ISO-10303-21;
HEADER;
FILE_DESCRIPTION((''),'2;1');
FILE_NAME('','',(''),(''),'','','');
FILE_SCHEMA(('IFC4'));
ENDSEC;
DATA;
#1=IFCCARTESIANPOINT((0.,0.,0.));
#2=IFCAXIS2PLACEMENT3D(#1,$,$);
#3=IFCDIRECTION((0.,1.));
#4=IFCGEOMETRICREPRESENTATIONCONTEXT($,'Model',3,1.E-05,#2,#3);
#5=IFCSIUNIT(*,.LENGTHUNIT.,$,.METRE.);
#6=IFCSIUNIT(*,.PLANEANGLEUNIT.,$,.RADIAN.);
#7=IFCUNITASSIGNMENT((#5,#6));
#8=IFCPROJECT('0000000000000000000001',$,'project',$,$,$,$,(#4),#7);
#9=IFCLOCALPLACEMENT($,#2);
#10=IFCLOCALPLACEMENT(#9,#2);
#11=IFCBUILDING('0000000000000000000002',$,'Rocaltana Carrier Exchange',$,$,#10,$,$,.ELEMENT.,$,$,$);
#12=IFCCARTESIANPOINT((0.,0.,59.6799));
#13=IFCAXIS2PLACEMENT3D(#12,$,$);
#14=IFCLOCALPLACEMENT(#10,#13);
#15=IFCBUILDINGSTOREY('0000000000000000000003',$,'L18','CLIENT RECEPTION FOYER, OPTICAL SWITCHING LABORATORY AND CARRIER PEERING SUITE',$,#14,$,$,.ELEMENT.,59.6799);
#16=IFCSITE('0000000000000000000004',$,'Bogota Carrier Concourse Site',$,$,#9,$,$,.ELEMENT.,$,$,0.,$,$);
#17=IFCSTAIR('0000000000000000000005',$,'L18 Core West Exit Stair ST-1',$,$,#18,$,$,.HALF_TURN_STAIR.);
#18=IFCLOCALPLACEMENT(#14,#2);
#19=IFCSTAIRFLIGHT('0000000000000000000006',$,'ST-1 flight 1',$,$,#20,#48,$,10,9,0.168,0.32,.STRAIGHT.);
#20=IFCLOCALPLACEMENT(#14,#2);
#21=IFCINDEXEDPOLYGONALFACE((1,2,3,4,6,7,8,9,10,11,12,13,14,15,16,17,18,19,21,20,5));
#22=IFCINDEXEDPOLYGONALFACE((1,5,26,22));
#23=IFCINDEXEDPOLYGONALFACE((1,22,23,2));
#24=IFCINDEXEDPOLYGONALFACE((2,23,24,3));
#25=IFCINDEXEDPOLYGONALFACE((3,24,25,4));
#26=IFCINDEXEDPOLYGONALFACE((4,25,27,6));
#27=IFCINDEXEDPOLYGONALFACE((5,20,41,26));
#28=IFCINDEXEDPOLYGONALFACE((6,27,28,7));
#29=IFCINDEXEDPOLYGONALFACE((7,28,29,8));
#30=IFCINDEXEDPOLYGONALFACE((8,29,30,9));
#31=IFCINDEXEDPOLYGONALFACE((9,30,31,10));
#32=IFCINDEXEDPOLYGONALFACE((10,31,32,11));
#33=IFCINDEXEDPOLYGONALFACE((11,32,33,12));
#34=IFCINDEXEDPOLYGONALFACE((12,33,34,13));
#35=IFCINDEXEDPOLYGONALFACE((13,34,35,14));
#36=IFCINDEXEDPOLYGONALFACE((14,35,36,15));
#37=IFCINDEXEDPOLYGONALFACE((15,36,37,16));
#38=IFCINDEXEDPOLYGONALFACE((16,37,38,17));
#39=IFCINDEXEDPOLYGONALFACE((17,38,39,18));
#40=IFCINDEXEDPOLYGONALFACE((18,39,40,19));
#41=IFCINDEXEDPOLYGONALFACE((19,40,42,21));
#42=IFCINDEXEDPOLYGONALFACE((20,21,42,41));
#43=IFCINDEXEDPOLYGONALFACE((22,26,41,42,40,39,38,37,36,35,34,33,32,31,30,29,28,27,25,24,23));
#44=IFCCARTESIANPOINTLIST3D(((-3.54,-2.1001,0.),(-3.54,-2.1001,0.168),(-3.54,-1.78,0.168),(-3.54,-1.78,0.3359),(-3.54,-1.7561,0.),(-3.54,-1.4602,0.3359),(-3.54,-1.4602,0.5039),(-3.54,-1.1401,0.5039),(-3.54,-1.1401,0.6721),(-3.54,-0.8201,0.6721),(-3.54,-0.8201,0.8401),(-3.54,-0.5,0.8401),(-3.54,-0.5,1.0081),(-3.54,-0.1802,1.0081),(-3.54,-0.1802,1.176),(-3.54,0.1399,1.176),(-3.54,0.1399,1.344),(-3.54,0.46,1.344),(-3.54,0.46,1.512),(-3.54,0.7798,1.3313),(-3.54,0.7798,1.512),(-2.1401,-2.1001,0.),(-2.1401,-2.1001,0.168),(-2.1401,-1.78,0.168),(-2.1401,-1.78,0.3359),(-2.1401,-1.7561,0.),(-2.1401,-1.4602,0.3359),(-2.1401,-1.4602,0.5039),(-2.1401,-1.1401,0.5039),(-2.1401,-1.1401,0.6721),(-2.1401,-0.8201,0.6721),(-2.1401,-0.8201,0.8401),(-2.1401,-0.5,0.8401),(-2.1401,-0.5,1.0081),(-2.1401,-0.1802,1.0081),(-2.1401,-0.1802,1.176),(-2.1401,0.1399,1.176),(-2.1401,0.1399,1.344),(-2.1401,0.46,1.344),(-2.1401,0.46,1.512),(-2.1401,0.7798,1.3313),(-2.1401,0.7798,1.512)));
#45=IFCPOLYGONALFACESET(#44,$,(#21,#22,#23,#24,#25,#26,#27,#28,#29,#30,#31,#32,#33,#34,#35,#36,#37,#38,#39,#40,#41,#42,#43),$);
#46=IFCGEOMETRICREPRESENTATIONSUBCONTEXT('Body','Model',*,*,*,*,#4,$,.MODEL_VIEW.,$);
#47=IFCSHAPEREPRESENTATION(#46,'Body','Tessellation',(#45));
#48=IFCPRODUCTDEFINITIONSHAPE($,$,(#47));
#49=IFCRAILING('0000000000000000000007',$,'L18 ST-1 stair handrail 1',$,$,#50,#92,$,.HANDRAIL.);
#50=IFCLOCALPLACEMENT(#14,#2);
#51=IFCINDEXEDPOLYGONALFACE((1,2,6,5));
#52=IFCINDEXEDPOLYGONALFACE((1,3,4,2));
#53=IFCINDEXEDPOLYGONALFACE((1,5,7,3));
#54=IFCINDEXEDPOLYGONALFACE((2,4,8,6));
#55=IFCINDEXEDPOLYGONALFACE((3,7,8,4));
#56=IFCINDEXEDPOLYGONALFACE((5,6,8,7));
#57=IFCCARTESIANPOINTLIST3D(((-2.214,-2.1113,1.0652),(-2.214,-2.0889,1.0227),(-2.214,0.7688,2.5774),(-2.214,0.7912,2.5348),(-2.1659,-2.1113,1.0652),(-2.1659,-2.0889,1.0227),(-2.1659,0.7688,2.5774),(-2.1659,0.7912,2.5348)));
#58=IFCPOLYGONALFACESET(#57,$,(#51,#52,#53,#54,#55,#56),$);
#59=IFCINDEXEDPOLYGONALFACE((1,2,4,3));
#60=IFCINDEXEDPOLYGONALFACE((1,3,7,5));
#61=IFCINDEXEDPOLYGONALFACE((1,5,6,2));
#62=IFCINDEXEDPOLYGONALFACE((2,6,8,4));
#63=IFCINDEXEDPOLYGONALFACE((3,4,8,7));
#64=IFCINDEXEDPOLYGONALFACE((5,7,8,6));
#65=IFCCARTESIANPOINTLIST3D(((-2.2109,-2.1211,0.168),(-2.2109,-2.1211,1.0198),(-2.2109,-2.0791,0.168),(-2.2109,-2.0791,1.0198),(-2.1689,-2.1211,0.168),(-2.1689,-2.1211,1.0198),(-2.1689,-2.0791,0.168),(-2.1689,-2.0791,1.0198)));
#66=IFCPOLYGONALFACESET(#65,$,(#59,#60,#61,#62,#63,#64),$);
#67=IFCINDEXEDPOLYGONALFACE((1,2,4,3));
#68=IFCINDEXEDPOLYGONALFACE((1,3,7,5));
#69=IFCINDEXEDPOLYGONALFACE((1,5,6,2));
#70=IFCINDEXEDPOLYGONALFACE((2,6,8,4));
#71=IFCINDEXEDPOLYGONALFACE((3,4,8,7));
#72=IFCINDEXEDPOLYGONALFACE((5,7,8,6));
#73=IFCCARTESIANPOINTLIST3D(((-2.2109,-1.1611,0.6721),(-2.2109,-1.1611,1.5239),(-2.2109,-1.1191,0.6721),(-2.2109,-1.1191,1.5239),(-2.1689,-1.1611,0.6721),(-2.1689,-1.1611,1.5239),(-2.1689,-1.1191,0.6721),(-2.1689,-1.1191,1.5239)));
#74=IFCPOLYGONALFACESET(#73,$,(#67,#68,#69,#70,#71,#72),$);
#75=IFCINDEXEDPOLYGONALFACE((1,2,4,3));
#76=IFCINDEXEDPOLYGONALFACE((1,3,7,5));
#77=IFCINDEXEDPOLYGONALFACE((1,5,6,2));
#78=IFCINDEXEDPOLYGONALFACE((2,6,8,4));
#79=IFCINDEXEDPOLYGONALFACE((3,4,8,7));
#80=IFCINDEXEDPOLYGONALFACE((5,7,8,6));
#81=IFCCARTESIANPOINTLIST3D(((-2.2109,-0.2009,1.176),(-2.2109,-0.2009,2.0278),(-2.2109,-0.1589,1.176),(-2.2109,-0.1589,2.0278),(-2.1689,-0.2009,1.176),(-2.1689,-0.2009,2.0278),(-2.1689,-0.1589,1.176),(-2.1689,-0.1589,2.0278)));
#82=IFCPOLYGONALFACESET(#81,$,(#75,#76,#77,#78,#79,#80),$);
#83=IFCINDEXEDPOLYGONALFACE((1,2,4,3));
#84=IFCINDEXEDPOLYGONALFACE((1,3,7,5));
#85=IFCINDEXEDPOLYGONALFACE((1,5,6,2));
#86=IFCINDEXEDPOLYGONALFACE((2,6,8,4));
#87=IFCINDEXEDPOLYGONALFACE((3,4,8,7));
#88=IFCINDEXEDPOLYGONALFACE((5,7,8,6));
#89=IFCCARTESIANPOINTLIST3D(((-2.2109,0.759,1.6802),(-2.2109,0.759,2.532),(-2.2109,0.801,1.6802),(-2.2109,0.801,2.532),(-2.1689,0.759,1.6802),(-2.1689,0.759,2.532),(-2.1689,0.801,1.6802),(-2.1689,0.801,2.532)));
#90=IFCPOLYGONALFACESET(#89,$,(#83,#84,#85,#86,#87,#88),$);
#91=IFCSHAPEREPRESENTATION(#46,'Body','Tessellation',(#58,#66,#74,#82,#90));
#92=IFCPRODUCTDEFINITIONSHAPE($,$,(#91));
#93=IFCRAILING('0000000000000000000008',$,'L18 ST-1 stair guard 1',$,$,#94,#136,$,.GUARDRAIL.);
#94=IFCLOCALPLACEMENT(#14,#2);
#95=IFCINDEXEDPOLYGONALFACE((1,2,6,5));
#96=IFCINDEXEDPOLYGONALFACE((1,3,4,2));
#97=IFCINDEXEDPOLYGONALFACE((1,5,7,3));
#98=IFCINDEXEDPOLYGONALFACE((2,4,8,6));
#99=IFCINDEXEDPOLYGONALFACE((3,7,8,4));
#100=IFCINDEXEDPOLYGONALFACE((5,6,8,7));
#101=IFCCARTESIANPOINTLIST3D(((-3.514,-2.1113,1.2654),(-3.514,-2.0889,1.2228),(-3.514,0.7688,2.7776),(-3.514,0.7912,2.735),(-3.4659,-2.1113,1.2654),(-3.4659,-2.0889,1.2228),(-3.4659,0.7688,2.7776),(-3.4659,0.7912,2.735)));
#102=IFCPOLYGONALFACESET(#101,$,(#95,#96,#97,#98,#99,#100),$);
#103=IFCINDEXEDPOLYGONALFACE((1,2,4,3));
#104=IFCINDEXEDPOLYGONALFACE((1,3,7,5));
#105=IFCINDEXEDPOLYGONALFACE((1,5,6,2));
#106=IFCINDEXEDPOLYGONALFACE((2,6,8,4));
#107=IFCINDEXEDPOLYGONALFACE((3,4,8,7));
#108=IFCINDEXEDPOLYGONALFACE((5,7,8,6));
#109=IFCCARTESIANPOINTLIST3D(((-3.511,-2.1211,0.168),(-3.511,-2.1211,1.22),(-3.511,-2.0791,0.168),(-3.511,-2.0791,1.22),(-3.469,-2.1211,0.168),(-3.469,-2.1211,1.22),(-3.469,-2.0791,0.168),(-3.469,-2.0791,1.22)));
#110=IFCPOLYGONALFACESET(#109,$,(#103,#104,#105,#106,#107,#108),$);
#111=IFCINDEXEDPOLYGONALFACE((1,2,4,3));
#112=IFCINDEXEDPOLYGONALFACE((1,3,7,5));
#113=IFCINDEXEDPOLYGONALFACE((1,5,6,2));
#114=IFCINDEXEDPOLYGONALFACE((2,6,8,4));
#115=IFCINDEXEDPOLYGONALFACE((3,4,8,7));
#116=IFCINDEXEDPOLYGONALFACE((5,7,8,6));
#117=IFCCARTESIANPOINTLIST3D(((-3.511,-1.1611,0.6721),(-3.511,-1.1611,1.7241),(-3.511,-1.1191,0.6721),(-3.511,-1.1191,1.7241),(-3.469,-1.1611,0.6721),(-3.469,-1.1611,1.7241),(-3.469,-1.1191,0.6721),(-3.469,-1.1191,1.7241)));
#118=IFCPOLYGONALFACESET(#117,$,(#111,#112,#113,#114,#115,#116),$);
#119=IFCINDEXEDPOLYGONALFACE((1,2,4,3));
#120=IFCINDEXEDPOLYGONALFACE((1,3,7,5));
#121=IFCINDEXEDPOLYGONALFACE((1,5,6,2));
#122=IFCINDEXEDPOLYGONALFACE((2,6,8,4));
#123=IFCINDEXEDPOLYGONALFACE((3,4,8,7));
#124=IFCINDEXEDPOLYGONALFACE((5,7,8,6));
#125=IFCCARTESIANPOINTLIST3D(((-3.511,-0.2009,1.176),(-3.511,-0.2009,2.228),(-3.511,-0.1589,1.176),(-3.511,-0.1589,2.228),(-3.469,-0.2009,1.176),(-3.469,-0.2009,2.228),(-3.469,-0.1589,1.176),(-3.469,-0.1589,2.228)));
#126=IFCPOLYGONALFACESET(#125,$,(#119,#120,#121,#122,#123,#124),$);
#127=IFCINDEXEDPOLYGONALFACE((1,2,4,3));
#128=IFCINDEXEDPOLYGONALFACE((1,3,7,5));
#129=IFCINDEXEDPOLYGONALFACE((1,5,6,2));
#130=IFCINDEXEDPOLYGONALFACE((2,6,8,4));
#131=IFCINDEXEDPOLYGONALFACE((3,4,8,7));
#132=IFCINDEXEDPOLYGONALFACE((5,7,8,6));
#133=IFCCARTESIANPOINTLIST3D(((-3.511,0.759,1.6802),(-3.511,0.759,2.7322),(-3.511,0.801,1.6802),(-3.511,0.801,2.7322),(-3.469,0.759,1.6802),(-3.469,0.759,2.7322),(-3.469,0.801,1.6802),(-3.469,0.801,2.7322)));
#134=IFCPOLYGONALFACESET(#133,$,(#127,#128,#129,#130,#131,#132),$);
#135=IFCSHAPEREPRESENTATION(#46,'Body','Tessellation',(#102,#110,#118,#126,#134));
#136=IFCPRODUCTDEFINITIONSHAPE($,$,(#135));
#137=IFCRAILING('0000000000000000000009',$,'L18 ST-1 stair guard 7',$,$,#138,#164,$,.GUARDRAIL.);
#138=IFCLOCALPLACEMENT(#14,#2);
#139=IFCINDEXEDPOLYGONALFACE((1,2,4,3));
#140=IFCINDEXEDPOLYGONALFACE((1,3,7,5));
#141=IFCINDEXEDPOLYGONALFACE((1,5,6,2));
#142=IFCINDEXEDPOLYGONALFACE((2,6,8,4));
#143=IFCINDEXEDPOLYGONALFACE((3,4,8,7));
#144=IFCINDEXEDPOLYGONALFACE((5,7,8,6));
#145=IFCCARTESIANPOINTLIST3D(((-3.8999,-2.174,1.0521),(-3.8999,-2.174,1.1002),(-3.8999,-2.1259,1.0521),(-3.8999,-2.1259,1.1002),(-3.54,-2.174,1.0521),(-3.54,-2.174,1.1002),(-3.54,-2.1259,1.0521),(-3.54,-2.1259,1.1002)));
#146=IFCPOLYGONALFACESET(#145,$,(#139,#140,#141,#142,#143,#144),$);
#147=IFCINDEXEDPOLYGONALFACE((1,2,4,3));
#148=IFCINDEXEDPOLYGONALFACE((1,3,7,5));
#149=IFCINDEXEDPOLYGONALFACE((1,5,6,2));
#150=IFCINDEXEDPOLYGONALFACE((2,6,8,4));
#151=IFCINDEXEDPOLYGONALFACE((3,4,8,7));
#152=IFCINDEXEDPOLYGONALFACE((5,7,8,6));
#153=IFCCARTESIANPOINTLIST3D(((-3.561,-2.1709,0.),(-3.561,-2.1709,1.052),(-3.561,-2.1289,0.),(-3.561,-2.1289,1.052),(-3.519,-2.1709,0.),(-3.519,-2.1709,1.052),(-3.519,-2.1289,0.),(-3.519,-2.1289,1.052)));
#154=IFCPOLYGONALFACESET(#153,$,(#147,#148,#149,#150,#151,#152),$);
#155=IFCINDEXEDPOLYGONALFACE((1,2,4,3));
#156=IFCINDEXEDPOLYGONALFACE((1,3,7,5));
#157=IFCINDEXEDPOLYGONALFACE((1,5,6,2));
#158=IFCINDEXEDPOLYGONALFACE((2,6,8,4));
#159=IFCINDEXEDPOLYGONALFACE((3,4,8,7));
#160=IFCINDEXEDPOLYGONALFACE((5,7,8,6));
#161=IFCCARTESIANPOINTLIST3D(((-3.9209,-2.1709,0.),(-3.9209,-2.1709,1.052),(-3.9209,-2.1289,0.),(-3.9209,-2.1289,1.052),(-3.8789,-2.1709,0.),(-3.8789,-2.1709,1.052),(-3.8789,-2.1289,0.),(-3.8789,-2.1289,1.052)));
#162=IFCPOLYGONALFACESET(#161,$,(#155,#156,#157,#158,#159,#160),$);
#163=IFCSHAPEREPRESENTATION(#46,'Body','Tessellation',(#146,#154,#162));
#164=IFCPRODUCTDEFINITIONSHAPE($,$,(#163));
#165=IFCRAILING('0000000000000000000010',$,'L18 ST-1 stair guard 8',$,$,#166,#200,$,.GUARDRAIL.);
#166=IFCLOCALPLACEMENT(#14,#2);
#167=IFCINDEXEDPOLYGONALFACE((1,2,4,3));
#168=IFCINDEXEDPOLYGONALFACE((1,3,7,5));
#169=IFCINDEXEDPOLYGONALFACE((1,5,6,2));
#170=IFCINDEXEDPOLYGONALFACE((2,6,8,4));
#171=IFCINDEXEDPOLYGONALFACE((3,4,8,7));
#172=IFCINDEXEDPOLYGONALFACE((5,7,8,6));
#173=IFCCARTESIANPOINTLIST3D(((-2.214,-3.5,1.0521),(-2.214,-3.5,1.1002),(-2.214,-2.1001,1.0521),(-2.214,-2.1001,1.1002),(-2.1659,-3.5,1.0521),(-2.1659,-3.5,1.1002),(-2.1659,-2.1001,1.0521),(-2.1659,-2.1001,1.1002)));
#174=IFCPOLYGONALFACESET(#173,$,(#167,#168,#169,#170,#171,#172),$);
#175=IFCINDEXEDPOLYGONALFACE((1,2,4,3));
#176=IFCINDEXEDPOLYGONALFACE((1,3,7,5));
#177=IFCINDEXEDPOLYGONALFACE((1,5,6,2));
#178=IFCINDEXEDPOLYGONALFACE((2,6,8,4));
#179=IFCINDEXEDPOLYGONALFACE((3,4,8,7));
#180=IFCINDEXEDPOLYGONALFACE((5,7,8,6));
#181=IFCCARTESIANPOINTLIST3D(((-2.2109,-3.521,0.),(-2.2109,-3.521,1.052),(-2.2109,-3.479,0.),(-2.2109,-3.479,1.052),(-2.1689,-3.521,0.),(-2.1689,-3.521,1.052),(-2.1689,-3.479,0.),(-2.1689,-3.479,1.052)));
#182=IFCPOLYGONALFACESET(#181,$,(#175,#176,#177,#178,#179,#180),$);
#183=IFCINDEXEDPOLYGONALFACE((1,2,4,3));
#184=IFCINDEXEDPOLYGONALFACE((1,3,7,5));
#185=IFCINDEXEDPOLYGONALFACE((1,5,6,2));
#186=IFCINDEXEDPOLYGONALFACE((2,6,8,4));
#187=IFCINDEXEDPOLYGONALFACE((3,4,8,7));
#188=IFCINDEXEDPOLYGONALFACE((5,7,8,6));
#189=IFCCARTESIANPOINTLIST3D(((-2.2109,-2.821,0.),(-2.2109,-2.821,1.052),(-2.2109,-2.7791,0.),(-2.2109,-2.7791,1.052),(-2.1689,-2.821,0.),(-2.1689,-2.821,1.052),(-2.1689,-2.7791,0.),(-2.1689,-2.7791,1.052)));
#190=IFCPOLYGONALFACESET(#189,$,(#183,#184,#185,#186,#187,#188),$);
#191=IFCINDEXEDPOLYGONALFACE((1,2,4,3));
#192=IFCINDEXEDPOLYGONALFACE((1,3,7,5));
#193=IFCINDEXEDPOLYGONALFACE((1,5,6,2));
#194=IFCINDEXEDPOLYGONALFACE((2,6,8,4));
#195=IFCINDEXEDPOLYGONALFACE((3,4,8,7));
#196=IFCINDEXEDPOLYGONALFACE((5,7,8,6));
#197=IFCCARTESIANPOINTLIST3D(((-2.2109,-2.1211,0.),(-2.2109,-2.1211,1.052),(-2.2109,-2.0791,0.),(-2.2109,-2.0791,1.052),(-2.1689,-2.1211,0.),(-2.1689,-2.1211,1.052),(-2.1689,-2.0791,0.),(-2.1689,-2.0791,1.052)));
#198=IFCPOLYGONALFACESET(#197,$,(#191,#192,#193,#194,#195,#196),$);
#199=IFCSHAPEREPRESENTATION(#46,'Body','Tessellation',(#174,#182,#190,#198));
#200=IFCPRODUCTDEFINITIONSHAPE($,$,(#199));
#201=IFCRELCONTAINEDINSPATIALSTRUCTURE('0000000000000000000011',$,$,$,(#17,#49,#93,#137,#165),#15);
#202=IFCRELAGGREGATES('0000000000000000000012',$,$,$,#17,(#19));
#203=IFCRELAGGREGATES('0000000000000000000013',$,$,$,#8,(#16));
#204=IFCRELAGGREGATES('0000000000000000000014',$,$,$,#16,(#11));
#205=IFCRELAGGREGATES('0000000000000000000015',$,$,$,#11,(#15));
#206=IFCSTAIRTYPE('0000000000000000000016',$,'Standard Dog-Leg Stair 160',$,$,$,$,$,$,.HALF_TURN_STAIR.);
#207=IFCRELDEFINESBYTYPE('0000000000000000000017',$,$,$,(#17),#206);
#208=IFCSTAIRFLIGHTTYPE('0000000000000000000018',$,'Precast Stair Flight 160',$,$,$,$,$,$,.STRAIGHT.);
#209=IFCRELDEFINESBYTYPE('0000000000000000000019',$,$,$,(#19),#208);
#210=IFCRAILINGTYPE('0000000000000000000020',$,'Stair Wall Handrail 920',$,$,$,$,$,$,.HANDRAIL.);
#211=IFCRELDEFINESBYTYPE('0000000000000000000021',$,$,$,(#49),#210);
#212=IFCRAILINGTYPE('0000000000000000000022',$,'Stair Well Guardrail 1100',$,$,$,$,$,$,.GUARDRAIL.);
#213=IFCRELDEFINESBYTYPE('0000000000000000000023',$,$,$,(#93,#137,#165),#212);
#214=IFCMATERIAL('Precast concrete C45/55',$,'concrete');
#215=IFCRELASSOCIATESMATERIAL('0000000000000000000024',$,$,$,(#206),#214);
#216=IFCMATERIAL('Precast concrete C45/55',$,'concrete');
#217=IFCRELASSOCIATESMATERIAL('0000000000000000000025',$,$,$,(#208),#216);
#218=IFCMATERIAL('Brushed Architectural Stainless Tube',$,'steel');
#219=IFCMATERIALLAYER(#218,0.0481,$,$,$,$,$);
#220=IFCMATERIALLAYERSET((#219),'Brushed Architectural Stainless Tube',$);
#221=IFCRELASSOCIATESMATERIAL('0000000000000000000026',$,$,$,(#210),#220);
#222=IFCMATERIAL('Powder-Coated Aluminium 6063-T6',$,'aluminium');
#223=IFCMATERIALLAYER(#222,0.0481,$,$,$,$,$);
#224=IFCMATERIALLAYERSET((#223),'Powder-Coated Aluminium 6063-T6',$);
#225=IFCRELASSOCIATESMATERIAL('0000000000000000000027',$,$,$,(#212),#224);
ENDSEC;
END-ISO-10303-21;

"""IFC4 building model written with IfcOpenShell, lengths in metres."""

from ifc_helpers import new_model, si_unit, direction, frame, origin, origin_2d, place, context, subcontext, project, spatial, polyline, rectangle, outline, extrude, material, layer, layer_set, type_object, element, aggregate, save


model = new_model("IFC4")

# Units and contexts
model_context = context("Model", 3, precision=1e-05, world=origin(), true_north=direction((0.0, 1.0)))
body_context = subcontext(model_context, "Body", "Model", "MODEL_VIEW")
ifc_project = project(units=[si_unit("LENGTHUNIT", "METRE"), si_unit("PLANEANGLEUNIT", "RADIAN")], contexts=[model_context])

# Site, building, storey
site_placement = place(None, origin())
site = spatial("IfcSite", under=ifc_project, at=site_placement, Name="Bogota Carrier Concourse Site", CompositionType="ELEMENT", RefElevation=0.0)
building_placement = place(site_placement, origin())
building = spatial("IfcBuilding", under=site, at=building_placement, Name="Rocaltana Carrier Exchange", CompositionType="ELEMENT")
storey_placement = place(building_placement, frame((0.0, 0.0, 59.6799)))
storey = spatial("IfcBuildingStorey", under=building, at=storey_placement, Name="L18", Description="CLIENT RECEPTION FOYER, OPTICAL SWITCHING LABORATORY AND CARRIER PEERING SUITE", CompositionType="ELEMENT", Elevation=59.6799)

# Stair, stair flight
ifc_material_1 = material(Name="Precast concrete C45/55", Category="concrete")
stair_type = type_object("IfcStairType", Name="Standard Dog-Leg Stair 160", PredefinedType="HALF_TURN_STAIR", material=ifc_material_1)
stair_placement = place(storey_placement, origin())
stair = element("IfcStair", 1, at=stair_placement, inside=storey, type_object=stair_type, Name="L18 Core West Exit Stair ST-1", PredefinedType="HALF_TURN_STAIR")
ifc_material_2 = material(Name="Precast concrete C45/55", Category="concrete")
stair_flight_type = type_object("IfcStairFlightType", Name="Precast Stair Flight 160", PredefinedType="STRAIGHT", material=ifc_material_2)
stair_flight_placement = place(storey_placement, frame((-2.8401, -2.1001, 0.0), z_axis=(0.0, 0.0, 1.0), x_axis=(0.0, 1.0, 0.0)))
stair_flight = element("IfcStairFlight", 2, at=stair_flight_placement, type_object=stair_flight_type, Name="ST-1 flight 1", NumberOfRisers=10, NumberOfTreads=9, PredefinedType="STRAIGHT", RiserHeight=0.168, TreadLength=0.32, context=body_context, shape_type="SweptSolid", body=[
    extrude(outline(polyline([(0.0, 0.0), (0.0, 0.168), (0.3201, 0.168), (0.3201, 0.3359), (0.6399, 0.3359), (0.6399, 0.5039), (0.96, 0.5039), (0.96, 0.6721), (1.28, 0.6721), (1.28, 0.8401), (1.6001, 0.8401), (1.6001, 1.0081), (1.9199, 1.0081), (1.9199, 1.176), (2.24, 1.176), (2.24, 1.344), (2.5601, 1.344), (2.5601, 1.512), (2.8799, 1.512), (2.8799, 1.6799), (2.8799, 1.3313), (0.344, 0.0), (0.0, 0.0)])), frame((0.0, 0.7, 0.0), z_axis=(0.0, -1.0, 0.0), x_axis=(1.0, 0.0, 0.0)), (0.0, 0.0, 1.0), 1.3999),
])
aggregate(stair, [stair_flight])

# Railings
ifc_material_3 = material(Name="Brushed Architectural Stainless Tube", Category="steel")
ifc_layer_1 = layer(ifc_material_3, 0.0481)
ifc_layer_set_1 = layer_set([ifc_layer_1], Name="Brushed Architectural Stainless Tube")
railing_type_1 = type_object("IfcRailingType", Name="Stair Wall Handrail 920", PredefinedType="HANDRAIL", material=ifc_layer_set_1)
railing_1_placement = place(storey_placement, frame((-2.1899, -2.1001, 0.168)))
element("IfcRailing", 3, at=railing_1_placement, inside=storey, type_object=railing_type_1, Name="L18 ST-1 stair handrail 1", PredefinedType="HANDRAIL", context=body_context, shape_type="SweptSolid", body=[
    extrude(rectangle(XDim=0.0481, YDim=0.0481, at=origin_2d()), frame((0.0, 0.0, 0.876), z_axis=(0.0, 0.88538, 0.464868), x_axis=(-1.0, 0.0, 0.0)), (0.0, 0.0, 1.0), 3.2529),
    extrude(rectangle(XDim=0.042, YDim=0.042, at=origin_2d()), origin(), (0.0, 0.0, 1.0), 0.8518),
    extrude(rectangle(XDim=0.042, YDim=0.042, at=origin_2d()), frame((0.0, 0.96, 0.5042)), (0.0, 0.0, 1.0), 0.8518),
    extrude(rectangle(XDim=0.042, YDim=0.042, at=origin_2d()), frame((0.0, 1.9202, 1.0081)), (0.0, 0.0, 1.0), 0.8518),
    extrude(rectangle(XDim=0.042, YDim=0.042, at=origin_2d()), frame((0.0, 2.8801, 1.5122)), (0.0, 0.0, 1.0), 0.8518),
])
ifc_material_4 = material(Name="Powder-Coated Aluminium 6063-T6", Category="aluminium")
ifc_layer_2 = layer(ifc_material_4, 0.0481)
ifc_layer_set_2 = layer_set([ifc_layer_2], Name="Powder-Coated Aluminium 6063-T6")
railing_type_2 = type_object("IfcRailingType", Name="Stair Well Guardrail 1100", PredefinedType="GUARDRAIL", material=ifc_layer_set_2)
railing_2_placement = place(storey_placement, frame((-3.49, -2.1001, 0.168)))
element("IfcRailing", 4, at=railing_2_placement, inside=storey, type_object=railing_type_2, Name="L18 ST-1 stair guard 1", PredefinedType="GUARDRAIL", context=body_context, shape_type="SweptSolid", body=[
    extrude(rectangle(XDim=0.0481, YDim=0.0481, at=origin_2d()), frame((0.0, 0.0, 1.0762), z_axis=(0.0, 0.88538, 0.464868), x_axis=(-1.0, 0.0, 0.0)), (0.0, 0.0, 1.0), 3.2529),
    extrude(rectangle(XDim=0.042, YDim=0.042, at=origin_2d()), origin(), (0.0, 0.0, 1.0), 1.052),
    extrude(rectangle(XDim=0.042, YDim=0.042, at=origin_2d()), frame((0.0, 0.96, 0.5042)), (0.0, 0.0, 1.0), 1.052),
    extrude(rectangle(XDim=0.042, YDim=0.042, at=origin_2d()), frame((0.0, 1.9202, 1.0081)), (0.0, 0.0, 1.0), 1.052),
    extrude(rectangle(XDim=0.042, YDim=0.042, at=origin_2d()), frame((0.0, 2.8801, 1.5122)), (0.0, 0.0, 1.0), 1.052),
])
railing_3_placement = place(storey_placement, frame((-3.54, -2.1499, 0.0)))
element("IfcRailing", 5, at=railing_3_placement, inside=storey, type_object=railing_type_2, Name="L18 ST-1 stair guard 7", PredefinedType="GUARDRAIL", context=body_context, shape_type="SweptSolid", body=[
    extrude(rectangle(XDim=0.0481, YDim=0.0481, at=origin_2d()), frame((0.0, 0.0, 1.0762), z_axis=(-1.0, 0.0, 0.0), x_axis=(0.0, -1.0, 0.0)), (0.0, 0.0, 1.0), 0.3599),
    extrude(rectangle(XDim=0.042, YDim=0.042, at=origin_2d()), origin(), (0.0, 0.0, 1.0), 1.052),
    extrude(rectangle(XDim=0.042, YDim=0.042, at=origin_2d()), frame((-0.3599, 0.0, 0.0)), (0.0, 0.0, 1.0), 1.052),
])
for number, where, name in (
    (6, (-2.1899, -3.5, 0.0), "L18 ST-1 stair guard 8"),
):
    element("IfcRailing", number, at=place(storey_placement, frame(where)), inside=storey, type_object=railing_type_2, Name=name, PredefinedType="GUARDRAIL", context=body_context, shape_type="SweptSolid", body=[
        extrude(rectangle(XDim=0.0481, YDim=0.0481, at=origin_2d()), frame((0.0, 0.0, 1.0762), z_axis=(0.0, 1.0, 0.0), x_axis=(-1.0, 0.0, 0.0)), (0.0, 0.0, 1.0), 1.3999),
        extrude(rectangle(XDim=0.042, YDim=0.042, at=origin_2d()), origin(), (0.0, 0.0, 1.0), 1.052),
        extrude(rectangle(XDim=0.042, YDim=0.042, at=origin_2d()), frame((0.0, 0.7, 0.0)), (0.0, 0.0, 1.0), 1.052),
        extrude(rectangle(XDim=0.042, YDim=0.042, at=origin_2d()), frame((0.0, 1.3999, 0.0)), (0.0, 0.0, 1.0), 1.052),
    ])

save(model, "model.ifc")
